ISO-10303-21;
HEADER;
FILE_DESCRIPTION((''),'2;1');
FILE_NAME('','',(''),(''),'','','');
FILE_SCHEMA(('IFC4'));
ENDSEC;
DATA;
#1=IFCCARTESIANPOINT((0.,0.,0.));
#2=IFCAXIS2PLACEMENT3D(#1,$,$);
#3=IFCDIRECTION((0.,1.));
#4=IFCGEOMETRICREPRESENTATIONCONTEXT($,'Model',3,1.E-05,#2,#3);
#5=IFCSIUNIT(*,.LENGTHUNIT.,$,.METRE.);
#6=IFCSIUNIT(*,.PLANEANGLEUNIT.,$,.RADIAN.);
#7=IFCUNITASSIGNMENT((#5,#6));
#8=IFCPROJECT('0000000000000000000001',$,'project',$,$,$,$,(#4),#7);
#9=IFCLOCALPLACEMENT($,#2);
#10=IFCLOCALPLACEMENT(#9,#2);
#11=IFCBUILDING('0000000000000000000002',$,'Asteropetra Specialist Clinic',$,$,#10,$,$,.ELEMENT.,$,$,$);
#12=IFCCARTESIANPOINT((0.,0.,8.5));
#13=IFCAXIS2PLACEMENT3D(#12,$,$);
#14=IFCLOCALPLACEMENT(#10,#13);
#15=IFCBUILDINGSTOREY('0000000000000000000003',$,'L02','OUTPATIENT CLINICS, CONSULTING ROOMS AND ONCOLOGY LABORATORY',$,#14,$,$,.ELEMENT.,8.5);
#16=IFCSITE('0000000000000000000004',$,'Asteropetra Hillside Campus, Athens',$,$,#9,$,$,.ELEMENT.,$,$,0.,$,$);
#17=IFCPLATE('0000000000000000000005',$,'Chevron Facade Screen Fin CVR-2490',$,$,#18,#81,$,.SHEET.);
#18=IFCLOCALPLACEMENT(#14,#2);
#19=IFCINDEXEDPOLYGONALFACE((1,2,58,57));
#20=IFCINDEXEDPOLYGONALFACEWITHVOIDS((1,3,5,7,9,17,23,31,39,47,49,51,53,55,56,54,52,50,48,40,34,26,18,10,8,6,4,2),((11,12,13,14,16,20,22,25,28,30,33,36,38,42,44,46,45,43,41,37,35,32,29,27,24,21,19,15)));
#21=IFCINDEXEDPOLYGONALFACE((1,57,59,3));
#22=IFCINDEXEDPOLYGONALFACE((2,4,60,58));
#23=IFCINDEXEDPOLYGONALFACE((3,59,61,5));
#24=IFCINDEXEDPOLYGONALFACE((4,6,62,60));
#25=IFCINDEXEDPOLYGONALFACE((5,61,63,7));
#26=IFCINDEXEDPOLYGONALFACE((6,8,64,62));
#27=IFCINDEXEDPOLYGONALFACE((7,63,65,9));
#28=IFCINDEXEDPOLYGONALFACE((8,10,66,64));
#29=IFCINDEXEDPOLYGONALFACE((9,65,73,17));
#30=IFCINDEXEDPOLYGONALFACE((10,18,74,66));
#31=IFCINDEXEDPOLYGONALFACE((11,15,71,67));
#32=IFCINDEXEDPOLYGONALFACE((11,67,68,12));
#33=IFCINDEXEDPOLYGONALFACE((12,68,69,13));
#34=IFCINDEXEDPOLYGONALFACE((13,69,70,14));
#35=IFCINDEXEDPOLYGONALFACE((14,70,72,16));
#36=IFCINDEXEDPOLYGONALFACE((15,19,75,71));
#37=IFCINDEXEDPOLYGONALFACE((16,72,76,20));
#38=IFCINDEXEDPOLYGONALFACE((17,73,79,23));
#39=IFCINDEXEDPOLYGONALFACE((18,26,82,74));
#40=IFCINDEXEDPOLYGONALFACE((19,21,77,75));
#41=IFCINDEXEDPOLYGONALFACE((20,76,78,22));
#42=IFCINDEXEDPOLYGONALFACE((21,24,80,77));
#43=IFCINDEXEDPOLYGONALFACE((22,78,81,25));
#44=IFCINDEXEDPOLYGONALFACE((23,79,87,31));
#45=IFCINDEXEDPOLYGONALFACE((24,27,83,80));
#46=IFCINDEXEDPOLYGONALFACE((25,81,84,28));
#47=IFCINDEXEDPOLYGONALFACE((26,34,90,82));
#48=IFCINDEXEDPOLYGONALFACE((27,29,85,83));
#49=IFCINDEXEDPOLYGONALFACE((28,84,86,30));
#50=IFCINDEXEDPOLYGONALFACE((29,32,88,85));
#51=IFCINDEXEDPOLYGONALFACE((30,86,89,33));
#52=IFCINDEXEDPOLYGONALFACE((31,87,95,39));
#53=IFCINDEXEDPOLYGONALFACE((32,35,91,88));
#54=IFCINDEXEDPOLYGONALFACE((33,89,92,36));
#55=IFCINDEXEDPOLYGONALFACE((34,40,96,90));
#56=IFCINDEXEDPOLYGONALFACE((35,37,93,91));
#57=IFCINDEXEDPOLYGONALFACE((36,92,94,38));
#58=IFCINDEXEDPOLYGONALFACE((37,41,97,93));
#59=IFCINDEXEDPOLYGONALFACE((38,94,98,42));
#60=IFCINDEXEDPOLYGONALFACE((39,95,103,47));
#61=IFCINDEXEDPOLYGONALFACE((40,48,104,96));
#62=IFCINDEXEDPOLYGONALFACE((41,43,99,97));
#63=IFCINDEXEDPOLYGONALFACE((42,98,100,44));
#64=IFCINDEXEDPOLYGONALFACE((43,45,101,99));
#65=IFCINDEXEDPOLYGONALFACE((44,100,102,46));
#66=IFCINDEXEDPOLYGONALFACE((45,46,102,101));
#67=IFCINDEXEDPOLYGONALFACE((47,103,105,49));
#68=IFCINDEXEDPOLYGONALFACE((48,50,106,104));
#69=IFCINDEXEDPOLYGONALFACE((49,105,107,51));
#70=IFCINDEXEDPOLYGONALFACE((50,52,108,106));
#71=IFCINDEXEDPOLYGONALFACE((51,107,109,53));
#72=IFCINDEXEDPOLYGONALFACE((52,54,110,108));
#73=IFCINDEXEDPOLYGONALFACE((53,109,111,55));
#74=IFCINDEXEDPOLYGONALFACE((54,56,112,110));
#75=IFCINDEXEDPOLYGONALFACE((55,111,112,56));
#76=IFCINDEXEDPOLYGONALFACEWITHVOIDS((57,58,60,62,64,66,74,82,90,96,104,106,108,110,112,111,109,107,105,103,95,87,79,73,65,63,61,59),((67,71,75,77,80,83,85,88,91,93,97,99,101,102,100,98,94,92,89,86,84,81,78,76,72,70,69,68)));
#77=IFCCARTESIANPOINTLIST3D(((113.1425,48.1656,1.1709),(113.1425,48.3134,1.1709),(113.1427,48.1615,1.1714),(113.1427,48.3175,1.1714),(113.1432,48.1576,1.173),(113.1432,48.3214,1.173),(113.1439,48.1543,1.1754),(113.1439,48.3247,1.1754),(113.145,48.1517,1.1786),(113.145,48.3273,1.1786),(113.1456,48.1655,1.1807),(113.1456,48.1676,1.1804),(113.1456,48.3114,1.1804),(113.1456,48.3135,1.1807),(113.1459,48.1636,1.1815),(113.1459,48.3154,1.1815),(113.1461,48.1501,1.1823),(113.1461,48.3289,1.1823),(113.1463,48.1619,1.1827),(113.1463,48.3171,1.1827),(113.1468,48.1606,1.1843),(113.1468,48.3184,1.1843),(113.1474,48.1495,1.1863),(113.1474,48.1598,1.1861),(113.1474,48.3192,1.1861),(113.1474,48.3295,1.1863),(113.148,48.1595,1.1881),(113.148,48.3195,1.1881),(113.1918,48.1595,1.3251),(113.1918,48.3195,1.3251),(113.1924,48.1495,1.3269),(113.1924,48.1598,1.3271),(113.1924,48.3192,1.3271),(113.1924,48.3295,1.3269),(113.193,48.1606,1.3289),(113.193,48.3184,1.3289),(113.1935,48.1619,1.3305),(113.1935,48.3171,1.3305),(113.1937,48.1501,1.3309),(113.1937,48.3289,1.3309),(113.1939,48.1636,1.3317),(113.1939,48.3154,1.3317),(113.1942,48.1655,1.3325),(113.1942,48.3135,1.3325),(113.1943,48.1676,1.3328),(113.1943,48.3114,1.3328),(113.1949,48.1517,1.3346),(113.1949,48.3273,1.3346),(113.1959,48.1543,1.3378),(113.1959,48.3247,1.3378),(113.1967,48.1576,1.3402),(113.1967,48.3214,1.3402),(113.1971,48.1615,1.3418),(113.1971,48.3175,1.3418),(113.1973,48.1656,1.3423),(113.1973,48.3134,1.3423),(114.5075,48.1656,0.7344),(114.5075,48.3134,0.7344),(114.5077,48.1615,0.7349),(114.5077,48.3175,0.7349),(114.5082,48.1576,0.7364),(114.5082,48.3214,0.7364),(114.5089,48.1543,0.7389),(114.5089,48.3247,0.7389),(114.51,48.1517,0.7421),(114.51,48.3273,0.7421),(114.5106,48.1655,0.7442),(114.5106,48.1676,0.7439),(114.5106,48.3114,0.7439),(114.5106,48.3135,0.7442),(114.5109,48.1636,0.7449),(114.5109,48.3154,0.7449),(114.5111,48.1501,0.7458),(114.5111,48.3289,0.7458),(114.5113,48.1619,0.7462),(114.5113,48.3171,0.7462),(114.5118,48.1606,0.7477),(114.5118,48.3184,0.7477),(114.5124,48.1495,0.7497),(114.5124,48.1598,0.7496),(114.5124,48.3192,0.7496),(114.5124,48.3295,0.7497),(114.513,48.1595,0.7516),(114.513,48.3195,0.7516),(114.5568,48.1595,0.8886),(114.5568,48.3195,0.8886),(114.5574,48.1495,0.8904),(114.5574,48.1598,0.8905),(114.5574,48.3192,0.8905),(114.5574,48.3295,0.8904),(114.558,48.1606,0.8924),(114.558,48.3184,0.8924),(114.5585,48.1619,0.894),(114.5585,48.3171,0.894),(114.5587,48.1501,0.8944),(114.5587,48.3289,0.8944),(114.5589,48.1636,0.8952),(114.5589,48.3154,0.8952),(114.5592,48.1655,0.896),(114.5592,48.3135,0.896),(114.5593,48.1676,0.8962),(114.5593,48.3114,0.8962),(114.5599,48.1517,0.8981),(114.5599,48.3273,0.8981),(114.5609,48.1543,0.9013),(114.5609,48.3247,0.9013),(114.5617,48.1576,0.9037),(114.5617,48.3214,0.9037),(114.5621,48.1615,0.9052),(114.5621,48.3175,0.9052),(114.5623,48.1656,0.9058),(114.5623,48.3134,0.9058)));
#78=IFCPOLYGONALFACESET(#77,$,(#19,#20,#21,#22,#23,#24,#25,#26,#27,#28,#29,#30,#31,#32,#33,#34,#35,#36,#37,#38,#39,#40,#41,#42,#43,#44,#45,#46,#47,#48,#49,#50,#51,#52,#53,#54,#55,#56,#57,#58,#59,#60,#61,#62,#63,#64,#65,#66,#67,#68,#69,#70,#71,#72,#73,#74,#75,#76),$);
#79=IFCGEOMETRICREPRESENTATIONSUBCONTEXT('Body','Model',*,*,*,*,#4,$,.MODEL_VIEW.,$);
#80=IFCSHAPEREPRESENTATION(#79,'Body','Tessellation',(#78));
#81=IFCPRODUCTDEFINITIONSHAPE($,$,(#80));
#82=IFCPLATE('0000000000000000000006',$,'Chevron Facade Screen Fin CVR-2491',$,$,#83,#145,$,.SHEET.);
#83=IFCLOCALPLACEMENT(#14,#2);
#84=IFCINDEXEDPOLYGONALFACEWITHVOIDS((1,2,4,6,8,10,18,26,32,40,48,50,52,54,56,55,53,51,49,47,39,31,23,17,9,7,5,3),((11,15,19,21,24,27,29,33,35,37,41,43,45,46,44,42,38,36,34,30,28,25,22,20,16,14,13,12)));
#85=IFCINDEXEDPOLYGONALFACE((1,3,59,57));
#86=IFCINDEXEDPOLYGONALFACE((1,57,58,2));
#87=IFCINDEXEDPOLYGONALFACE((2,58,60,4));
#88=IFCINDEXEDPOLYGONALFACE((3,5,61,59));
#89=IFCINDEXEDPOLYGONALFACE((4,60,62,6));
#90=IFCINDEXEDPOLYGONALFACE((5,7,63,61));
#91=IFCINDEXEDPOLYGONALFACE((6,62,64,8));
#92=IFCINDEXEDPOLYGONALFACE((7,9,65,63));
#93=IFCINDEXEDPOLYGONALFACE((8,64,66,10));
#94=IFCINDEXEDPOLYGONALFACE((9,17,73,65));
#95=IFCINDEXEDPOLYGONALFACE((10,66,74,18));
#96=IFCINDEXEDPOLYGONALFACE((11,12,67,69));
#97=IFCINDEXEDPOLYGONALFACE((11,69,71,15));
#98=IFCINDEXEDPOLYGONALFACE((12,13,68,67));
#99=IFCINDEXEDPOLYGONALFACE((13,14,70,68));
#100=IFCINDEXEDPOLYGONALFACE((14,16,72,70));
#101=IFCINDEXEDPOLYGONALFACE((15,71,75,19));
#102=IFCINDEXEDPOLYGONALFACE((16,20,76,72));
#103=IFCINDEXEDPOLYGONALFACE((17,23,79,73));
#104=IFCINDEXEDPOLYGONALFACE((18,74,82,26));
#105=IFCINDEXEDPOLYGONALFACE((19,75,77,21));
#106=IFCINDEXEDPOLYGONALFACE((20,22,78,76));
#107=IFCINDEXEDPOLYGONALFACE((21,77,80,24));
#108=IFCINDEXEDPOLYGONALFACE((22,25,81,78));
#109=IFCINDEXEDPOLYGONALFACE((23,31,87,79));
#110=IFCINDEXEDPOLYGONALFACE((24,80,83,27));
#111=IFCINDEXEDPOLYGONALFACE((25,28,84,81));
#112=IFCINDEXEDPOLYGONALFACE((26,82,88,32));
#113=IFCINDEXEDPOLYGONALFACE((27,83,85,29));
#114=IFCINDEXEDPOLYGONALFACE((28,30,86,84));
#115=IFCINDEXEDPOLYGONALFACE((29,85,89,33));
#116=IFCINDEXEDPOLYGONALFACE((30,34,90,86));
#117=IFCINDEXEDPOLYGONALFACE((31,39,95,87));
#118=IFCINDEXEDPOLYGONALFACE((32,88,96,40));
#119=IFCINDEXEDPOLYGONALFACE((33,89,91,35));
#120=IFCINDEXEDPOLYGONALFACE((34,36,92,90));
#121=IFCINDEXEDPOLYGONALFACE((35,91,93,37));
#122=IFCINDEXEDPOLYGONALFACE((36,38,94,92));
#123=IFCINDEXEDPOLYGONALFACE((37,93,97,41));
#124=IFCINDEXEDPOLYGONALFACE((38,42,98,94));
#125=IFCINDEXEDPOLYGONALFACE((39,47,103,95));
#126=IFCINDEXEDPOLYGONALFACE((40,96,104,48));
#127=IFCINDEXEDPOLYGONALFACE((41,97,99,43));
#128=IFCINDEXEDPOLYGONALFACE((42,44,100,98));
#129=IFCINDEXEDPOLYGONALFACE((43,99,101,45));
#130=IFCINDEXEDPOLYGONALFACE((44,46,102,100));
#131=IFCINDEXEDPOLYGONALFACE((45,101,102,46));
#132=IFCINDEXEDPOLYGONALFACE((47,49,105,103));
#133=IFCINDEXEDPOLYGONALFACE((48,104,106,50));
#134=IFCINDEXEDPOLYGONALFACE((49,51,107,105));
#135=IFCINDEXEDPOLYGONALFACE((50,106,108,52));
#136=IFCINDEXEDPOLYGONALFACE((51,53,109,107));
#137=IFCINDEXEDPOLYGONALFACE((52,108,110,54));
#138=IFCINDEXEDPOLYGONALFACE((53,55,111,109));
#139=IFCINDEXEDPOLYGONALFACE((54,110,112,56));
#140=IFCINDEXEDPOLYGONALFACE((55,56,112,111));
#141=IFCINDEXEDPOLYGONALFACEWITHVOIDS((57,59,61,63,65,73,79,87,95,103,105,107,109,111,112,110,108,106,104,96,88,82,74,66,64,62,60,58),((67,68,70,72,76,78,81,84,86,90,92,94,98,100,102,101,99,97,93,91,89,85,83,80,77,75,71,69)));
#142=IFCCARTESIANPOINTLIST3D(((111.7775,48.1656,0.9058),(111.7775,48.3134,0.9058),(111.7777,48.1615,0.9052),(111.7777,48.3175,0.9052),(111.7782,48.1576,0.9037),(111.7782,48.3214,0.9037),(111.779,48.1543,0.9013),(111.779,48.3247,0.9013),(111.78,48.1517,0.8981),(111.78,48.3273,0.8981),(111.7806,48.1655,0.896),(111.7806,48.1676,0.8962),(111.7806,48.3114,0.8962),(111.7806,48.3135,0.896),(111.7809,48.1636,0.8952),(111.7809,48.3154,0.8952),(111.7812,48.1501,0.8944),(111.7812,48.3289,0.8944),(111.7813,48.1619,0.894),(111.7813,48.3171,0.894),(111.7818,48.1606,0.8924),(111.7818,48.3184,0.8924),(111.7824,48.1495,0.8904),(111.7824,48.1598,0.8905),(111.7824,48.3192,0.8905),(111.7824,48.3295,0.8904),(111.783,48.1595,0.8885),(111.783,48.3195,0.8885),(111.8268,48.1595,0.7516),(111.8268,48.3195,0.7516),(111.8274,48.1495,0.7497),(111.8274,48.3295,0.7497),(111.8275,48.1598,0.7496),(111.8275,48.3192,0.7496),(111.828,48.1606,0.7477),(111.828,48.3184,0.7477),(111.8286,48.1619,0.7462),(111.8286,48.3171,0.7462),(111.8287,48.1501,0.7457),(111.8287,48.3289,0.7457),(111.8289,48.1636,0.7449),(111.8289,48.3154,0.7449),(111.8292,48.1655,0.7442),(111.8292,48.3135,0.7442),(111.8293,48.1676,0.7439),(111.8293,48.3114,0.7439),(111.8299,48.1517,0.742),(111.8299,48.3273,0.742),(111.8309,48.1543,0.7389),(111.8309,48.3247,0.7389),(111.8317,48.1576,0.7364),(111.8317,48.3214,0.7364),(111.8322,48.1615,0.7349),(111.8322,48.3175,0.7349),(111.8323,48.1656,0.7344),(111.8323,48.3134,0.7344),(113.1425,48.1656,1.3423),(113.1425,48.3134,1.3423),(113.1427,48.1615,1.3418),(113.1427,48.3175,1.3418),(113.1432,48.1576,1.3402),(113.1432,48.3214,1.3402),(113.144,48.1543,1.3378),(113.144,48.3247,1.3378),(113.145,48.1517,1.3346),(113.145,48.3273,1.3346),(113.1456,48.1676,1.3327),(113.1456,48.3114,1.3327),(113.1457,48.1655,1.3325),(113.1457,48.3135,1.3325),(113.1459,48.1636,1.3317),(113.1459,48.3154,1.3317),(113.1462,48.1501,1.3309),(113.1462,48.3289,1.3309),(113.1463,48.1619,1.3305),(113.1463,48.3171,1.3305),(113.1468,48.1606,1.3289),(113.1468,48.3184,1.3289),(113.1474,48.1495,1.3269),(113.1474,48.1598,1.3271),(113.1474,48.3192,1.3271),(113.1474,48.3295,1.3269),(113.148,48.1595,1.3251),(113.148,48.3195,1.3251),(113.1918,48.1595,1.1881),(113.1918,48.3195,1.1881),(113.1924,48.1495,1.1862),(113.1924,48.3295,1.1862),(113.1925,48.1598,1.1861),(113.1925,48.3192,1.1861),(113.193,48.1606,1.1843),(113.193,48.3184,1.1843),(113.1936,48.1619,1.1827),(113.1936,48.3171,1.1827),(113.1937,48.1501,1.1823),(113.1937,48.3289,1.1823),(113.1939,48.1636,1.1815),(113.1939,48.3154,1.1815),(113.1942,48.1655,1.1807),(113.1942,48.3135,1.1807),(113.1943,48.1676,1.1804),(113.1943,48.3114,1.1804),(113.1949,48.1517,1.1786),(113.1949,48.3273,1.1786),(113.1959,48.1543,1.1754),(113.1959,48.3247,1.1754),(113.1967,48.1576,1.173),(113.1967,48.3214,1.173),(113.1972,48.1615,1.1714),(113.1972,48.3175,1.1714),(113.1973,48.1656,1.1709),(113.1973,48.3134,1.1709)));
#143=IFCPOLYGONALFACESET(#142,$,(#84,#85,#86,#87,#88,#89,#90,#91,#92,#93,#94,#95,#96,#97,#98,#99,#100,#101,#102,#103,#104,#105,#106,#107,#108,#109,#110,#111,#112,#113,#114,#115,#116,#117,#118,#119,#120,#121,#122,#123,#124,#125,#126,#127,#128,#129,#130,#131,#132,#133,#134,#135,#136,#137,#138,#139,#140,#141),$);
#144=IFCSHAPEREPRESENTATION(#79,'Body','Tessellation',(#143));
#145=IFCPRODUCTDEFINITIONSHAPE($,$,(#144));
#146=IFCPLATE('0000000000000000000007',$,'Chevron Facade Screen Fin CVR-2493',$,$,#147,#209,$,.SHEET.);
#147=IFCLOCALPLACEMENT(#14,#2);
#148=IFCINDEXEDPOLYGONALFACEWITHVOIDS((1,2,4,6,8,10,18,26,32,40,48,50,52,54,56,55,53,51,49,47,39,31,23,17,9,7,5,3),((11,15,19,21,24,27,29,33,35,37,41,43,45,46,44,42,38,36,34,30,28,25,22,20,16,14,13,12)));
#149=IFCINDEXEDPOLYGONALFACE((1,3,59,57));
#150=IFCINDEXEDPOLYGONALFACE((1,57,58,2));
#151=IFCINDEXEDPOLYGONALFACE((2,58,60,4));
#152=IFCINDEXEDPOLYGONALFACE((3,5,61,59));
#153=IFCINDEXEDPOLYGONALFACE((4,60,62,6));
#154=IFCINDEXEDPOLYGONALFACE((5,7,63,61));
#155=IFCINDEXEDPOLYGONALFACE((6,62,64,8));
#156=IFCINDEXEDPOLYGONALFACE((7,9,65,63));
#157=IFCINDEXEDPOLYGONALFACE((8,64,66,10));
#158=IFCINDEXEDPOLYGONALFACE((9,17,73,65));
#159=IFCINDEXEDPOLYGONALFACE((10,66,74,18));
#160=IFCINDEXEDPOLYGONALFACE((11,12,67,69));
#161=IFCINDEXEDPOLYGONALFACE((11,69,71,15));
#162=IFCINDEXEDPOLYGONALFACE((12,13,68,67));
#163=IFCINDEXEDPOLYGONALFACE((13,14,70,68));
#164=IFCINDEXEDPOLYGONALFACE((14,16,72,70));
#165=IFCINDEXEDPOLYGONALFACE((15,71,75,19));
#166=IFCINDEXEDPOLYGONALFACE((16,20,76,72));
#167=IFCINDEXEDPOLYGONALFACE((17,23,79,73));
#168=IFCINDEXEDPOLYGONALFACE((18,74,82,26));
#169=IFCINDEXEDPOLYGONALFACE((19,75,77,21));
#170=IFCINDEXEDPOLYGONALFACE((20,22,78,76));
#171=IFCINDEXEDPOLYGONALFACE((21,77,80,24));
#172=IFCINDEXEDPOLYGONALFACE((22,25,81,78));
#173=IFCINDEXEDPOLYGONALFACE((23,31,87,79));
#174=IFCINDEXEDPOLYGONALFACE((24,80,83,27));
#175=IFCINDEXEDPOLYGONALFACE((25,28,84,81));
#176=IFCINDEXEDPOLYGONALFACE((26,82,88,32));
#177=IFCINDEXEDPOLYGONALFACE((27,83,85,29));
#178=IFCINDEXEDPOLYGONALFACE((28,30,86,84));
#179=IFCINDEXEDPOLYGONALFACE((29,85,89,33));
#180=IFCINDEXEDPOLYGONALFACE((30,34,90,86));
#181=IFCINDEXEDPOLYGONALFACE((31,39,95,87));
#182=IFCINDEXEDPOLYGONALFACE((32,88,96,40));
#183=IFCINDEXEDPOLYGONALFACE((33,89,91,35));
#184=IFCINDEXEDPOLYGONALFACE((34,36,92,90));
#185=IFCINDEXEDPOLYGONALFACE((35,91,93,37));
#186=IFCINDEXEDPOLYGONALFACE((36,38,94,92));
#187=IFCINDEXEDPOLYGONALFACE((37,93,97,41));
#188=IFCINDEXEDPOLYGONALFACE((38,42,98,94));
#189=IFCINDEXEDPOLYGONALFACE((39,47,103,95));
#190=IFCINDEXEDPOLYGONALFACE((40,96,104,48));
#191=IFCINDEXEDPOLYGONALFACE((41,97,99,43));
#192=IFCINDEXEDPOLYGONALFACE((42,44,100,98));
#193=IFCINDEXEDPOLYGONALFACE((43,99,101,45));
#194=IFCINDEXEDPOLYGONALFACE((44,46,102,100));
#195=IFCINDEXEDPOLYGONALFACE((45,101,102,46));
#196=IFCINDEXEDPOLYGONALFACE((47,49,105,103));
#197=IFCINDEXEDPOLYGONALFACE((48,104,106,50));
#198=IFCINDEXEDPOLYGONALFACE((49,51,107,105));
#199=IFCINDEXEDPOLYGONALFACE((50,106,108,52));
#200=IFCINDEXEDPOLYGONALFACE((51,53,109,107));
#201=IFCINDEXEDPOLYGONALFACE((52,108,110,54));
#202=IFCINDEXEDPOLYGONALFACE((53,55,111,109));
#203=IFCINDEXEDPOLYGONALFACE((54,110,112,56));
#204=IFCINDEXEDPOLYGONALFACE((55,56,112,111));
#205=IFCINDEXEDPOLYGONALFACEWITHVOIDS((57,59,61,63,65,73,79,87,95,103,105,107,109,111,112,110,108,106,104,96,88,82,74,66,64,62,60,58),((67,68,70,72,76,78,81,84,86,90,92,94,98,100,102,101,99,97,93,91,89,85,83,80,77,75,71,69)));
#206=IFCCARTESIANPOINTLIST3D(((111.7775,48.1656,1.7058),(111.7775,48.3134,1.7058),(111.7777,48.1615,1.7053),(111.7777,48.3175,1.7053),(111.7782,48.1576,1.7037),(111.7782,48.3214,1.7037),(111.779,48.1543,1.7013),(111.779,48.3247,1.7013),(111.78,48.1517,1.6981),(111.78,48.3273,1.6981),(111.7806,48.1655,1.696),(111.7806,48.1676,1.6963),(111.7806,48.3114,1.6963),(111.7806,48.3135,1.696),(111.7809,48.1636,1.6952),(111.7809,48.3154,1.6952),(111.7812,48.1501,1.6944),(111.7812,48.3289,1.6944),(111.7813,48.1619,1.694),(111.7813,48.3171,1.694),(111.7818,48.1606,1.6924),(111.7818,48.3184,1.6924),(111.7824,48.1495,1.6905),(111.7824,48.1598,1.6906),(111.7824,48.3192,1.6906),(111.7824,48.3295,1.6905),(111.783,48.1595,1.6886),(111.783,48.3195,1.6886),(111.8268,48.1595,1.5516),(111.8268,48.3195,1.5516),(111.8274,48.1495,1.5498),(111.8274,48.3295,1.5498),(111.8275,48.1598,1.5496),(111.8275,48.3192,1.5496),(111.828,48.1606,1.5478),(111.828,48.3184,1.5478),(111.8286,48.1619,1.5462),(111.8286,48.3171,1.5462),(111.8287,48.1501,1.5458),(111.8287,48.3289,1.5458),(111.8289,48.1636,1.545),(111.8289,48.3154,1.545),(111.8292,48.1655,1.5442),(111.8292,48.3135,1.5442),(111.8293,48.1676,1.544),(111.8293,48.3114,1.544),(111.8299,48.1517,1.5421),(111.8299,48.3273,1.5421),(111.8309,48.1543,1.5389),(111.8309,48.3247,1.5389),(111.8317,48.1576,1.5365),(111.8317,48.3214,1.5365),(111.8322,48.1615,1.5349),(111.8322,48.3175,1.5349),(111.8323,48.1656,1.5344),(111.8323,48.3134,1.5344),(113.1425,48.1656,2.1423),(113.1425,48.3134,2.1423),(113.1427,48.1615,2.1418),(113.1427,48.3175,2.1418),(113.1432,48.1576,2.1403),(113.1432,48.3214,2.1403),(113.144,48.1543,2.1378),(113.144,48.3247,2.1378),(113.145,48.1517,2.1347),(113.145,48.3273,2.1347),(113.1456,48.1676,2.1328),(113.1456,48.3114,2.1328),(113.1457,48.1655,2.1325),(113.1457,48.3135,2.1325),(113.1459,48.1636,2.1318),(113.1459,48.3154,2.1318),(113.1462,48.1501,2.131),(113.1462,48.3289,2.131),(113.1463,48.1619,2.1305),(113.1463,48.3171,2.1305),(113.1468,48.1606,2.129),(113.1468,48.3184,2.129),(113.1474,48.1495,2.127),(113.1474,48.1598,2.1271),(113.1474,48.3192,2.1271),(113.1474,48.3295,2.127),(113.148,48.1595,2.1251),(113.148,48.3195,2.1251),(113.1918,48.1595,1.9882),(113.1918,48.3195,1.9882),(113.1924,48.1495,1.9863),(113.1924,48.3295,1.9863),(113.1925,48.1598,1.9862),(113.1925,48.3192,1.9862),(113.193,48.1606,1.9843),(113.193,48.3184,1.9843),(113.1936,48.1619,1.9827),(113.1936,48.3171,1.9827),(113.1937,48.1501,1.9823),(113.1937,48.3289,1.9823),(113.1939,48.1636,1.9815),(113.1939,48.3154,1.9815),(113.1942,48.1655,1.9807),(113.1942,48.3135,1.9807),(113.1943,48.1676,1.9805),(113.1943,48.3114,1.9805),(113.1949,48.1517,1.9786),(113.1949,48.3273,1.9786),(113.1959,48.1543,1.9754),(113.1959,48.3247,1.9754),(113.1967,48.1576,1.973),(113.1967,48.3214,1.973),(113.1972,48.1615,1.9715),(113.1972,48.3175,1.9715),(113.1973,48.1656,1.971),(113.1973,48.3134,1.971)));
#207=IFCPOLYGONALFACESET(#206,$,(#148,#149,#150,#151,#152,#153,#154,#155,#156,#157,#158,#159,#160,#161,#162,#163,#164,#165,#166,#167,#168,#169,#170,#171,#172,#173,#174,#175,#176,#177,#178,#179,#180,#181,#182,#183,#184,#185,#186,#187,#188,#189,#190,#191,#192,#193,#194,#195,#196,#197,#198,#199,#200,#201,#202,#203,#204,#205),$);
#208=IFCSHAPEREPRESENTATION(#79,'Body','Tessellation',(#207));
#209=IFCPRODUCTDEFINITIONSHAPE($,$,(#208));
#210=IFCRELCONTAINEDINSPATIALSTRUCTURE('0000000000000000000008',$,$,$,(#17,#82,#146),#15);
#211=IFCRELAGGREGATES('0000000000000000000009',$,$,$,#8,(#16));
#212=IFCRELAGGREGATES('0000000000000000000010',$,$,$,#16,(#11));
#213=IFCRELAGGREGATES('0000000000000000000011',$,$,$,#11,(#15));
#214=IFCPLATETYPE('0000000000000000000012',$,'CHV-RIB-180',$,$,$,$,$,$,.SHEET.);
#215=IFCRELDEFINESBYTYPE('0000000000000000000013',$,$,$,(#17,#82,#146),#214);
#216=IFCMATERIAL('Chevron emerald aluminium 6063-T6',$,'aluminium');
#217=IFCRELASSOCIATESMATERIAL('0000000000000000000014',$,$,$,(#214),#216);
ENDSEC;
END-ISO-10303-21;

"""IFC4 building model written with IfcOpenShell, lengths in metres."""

from ifc_helpers import new_model, si_unit, direction, frame, origin, origin_2d, place, context, subcontext, project, spatial, hollow_rectangle, extrude, material, material_profile, profile_set, type_object, element, save


model = new_model("IFC4")

# Units and contexts
model_context = context("Model", 3, precision=1e-05, world=origin(), true_north=direction((0.0, 1.0)))
body_context = subcontext(model_context, "Body", "Model", "MODEL_VIEW")
ifc_project = project(units=[si_unit("LENGTHUNIT", "METRE"), si_unit("PLANEANGLEUNIT", "RADIAN")], contexts=[model_context])

# Site, building, storey
site_placement = place(None, origin())
site = spatial("IfcSite", under=ifc_project, at=site_placement, Name="Asteropetra Hillside Campus, Athens", CompositionType="ELEMENT", RefElevation=0.0)
building_placement = place(site_placement, origin())
building = spatial("IfcBuilding", under=site, at=building_placement, Name="Asteropetra Specialist Clinic", CompositionType="ELEMENT")
storey_placement = place(building_placement, frame((0.0, 0.0, 8.5)))
storey = spatial("IfcBuildingStorey", under=building, at=storey_placement, Name="L02", Description="OUTPATIENT CLINICS, CONSULTING ROOMS AND ONCOLOGY LABORATORY", CompositionType="ELEMENT", Elevation=8.5)

# Plates
ifc_material_1 = material(Name="Chevron emerald aluminium 6063-T6", Category="aluminium")
ifc_material_profile_1 = material_profile(ifc_material_1, hollow_rectangle(XDim=0.1799, YDim=0.1799, WallThickness=0.01, InnerFilletRadius=0.0081, OuterFilletRadius=0.0161, at=origin_2d()), Name="SHS 180x180x10.0")
ifc_profile_set_1 = profile_set([ifc_material_profile_1], Name="Chevron emerald aluminium 6063-T6")
plate_type = type_object("IfcPlateType", Name="CHV-RIB-180", PredefinedType="SHEET", material=ifc_profile_set_1)
for number, where, z_axis, x_axis, name in (
    (1, (114.5349, 48.2395, 0.8201), (-0.95248, 0.0, 0.304603), (0.0, -1.0, 0.0), "Chevron Facade Screen Fin CVR-2490"),
    (2, (113.1699, 48.2395, 1.2566), (-0.95248, 0.0, -0.304603), (0.0, -1.0, 0.0), "Chevron Facade Screen Fin CVR-2491"),
    (3, (113.1699, 48.2395, 2.0566), (-0.95248, 0.0, -0.304603), (0.0, -1.0, 0.0), "Chevron Facade Screen Fin CVR-2493"),
):
    element("IfcPlate", number, at=place(storey_placement, frame(where, z_axis=z_axis, x_axis=x_axis)), inside=storey, type_object=plate_type, Name=name, PredefinedType="SHEET", context=body_context, shape_type="SweptSolid", body=[
        extrude(hollow_rectangle(XDim=0.1799, YDim=0.1799, WallThickness=0.01, InnerFilletRadius=0.0081, OuterFilletRadius=0.0161, at=origin_2d()), origin(), (0.0, 0.0, 1.0), 1.4331),
    ])

save(model, "model.ifc")
